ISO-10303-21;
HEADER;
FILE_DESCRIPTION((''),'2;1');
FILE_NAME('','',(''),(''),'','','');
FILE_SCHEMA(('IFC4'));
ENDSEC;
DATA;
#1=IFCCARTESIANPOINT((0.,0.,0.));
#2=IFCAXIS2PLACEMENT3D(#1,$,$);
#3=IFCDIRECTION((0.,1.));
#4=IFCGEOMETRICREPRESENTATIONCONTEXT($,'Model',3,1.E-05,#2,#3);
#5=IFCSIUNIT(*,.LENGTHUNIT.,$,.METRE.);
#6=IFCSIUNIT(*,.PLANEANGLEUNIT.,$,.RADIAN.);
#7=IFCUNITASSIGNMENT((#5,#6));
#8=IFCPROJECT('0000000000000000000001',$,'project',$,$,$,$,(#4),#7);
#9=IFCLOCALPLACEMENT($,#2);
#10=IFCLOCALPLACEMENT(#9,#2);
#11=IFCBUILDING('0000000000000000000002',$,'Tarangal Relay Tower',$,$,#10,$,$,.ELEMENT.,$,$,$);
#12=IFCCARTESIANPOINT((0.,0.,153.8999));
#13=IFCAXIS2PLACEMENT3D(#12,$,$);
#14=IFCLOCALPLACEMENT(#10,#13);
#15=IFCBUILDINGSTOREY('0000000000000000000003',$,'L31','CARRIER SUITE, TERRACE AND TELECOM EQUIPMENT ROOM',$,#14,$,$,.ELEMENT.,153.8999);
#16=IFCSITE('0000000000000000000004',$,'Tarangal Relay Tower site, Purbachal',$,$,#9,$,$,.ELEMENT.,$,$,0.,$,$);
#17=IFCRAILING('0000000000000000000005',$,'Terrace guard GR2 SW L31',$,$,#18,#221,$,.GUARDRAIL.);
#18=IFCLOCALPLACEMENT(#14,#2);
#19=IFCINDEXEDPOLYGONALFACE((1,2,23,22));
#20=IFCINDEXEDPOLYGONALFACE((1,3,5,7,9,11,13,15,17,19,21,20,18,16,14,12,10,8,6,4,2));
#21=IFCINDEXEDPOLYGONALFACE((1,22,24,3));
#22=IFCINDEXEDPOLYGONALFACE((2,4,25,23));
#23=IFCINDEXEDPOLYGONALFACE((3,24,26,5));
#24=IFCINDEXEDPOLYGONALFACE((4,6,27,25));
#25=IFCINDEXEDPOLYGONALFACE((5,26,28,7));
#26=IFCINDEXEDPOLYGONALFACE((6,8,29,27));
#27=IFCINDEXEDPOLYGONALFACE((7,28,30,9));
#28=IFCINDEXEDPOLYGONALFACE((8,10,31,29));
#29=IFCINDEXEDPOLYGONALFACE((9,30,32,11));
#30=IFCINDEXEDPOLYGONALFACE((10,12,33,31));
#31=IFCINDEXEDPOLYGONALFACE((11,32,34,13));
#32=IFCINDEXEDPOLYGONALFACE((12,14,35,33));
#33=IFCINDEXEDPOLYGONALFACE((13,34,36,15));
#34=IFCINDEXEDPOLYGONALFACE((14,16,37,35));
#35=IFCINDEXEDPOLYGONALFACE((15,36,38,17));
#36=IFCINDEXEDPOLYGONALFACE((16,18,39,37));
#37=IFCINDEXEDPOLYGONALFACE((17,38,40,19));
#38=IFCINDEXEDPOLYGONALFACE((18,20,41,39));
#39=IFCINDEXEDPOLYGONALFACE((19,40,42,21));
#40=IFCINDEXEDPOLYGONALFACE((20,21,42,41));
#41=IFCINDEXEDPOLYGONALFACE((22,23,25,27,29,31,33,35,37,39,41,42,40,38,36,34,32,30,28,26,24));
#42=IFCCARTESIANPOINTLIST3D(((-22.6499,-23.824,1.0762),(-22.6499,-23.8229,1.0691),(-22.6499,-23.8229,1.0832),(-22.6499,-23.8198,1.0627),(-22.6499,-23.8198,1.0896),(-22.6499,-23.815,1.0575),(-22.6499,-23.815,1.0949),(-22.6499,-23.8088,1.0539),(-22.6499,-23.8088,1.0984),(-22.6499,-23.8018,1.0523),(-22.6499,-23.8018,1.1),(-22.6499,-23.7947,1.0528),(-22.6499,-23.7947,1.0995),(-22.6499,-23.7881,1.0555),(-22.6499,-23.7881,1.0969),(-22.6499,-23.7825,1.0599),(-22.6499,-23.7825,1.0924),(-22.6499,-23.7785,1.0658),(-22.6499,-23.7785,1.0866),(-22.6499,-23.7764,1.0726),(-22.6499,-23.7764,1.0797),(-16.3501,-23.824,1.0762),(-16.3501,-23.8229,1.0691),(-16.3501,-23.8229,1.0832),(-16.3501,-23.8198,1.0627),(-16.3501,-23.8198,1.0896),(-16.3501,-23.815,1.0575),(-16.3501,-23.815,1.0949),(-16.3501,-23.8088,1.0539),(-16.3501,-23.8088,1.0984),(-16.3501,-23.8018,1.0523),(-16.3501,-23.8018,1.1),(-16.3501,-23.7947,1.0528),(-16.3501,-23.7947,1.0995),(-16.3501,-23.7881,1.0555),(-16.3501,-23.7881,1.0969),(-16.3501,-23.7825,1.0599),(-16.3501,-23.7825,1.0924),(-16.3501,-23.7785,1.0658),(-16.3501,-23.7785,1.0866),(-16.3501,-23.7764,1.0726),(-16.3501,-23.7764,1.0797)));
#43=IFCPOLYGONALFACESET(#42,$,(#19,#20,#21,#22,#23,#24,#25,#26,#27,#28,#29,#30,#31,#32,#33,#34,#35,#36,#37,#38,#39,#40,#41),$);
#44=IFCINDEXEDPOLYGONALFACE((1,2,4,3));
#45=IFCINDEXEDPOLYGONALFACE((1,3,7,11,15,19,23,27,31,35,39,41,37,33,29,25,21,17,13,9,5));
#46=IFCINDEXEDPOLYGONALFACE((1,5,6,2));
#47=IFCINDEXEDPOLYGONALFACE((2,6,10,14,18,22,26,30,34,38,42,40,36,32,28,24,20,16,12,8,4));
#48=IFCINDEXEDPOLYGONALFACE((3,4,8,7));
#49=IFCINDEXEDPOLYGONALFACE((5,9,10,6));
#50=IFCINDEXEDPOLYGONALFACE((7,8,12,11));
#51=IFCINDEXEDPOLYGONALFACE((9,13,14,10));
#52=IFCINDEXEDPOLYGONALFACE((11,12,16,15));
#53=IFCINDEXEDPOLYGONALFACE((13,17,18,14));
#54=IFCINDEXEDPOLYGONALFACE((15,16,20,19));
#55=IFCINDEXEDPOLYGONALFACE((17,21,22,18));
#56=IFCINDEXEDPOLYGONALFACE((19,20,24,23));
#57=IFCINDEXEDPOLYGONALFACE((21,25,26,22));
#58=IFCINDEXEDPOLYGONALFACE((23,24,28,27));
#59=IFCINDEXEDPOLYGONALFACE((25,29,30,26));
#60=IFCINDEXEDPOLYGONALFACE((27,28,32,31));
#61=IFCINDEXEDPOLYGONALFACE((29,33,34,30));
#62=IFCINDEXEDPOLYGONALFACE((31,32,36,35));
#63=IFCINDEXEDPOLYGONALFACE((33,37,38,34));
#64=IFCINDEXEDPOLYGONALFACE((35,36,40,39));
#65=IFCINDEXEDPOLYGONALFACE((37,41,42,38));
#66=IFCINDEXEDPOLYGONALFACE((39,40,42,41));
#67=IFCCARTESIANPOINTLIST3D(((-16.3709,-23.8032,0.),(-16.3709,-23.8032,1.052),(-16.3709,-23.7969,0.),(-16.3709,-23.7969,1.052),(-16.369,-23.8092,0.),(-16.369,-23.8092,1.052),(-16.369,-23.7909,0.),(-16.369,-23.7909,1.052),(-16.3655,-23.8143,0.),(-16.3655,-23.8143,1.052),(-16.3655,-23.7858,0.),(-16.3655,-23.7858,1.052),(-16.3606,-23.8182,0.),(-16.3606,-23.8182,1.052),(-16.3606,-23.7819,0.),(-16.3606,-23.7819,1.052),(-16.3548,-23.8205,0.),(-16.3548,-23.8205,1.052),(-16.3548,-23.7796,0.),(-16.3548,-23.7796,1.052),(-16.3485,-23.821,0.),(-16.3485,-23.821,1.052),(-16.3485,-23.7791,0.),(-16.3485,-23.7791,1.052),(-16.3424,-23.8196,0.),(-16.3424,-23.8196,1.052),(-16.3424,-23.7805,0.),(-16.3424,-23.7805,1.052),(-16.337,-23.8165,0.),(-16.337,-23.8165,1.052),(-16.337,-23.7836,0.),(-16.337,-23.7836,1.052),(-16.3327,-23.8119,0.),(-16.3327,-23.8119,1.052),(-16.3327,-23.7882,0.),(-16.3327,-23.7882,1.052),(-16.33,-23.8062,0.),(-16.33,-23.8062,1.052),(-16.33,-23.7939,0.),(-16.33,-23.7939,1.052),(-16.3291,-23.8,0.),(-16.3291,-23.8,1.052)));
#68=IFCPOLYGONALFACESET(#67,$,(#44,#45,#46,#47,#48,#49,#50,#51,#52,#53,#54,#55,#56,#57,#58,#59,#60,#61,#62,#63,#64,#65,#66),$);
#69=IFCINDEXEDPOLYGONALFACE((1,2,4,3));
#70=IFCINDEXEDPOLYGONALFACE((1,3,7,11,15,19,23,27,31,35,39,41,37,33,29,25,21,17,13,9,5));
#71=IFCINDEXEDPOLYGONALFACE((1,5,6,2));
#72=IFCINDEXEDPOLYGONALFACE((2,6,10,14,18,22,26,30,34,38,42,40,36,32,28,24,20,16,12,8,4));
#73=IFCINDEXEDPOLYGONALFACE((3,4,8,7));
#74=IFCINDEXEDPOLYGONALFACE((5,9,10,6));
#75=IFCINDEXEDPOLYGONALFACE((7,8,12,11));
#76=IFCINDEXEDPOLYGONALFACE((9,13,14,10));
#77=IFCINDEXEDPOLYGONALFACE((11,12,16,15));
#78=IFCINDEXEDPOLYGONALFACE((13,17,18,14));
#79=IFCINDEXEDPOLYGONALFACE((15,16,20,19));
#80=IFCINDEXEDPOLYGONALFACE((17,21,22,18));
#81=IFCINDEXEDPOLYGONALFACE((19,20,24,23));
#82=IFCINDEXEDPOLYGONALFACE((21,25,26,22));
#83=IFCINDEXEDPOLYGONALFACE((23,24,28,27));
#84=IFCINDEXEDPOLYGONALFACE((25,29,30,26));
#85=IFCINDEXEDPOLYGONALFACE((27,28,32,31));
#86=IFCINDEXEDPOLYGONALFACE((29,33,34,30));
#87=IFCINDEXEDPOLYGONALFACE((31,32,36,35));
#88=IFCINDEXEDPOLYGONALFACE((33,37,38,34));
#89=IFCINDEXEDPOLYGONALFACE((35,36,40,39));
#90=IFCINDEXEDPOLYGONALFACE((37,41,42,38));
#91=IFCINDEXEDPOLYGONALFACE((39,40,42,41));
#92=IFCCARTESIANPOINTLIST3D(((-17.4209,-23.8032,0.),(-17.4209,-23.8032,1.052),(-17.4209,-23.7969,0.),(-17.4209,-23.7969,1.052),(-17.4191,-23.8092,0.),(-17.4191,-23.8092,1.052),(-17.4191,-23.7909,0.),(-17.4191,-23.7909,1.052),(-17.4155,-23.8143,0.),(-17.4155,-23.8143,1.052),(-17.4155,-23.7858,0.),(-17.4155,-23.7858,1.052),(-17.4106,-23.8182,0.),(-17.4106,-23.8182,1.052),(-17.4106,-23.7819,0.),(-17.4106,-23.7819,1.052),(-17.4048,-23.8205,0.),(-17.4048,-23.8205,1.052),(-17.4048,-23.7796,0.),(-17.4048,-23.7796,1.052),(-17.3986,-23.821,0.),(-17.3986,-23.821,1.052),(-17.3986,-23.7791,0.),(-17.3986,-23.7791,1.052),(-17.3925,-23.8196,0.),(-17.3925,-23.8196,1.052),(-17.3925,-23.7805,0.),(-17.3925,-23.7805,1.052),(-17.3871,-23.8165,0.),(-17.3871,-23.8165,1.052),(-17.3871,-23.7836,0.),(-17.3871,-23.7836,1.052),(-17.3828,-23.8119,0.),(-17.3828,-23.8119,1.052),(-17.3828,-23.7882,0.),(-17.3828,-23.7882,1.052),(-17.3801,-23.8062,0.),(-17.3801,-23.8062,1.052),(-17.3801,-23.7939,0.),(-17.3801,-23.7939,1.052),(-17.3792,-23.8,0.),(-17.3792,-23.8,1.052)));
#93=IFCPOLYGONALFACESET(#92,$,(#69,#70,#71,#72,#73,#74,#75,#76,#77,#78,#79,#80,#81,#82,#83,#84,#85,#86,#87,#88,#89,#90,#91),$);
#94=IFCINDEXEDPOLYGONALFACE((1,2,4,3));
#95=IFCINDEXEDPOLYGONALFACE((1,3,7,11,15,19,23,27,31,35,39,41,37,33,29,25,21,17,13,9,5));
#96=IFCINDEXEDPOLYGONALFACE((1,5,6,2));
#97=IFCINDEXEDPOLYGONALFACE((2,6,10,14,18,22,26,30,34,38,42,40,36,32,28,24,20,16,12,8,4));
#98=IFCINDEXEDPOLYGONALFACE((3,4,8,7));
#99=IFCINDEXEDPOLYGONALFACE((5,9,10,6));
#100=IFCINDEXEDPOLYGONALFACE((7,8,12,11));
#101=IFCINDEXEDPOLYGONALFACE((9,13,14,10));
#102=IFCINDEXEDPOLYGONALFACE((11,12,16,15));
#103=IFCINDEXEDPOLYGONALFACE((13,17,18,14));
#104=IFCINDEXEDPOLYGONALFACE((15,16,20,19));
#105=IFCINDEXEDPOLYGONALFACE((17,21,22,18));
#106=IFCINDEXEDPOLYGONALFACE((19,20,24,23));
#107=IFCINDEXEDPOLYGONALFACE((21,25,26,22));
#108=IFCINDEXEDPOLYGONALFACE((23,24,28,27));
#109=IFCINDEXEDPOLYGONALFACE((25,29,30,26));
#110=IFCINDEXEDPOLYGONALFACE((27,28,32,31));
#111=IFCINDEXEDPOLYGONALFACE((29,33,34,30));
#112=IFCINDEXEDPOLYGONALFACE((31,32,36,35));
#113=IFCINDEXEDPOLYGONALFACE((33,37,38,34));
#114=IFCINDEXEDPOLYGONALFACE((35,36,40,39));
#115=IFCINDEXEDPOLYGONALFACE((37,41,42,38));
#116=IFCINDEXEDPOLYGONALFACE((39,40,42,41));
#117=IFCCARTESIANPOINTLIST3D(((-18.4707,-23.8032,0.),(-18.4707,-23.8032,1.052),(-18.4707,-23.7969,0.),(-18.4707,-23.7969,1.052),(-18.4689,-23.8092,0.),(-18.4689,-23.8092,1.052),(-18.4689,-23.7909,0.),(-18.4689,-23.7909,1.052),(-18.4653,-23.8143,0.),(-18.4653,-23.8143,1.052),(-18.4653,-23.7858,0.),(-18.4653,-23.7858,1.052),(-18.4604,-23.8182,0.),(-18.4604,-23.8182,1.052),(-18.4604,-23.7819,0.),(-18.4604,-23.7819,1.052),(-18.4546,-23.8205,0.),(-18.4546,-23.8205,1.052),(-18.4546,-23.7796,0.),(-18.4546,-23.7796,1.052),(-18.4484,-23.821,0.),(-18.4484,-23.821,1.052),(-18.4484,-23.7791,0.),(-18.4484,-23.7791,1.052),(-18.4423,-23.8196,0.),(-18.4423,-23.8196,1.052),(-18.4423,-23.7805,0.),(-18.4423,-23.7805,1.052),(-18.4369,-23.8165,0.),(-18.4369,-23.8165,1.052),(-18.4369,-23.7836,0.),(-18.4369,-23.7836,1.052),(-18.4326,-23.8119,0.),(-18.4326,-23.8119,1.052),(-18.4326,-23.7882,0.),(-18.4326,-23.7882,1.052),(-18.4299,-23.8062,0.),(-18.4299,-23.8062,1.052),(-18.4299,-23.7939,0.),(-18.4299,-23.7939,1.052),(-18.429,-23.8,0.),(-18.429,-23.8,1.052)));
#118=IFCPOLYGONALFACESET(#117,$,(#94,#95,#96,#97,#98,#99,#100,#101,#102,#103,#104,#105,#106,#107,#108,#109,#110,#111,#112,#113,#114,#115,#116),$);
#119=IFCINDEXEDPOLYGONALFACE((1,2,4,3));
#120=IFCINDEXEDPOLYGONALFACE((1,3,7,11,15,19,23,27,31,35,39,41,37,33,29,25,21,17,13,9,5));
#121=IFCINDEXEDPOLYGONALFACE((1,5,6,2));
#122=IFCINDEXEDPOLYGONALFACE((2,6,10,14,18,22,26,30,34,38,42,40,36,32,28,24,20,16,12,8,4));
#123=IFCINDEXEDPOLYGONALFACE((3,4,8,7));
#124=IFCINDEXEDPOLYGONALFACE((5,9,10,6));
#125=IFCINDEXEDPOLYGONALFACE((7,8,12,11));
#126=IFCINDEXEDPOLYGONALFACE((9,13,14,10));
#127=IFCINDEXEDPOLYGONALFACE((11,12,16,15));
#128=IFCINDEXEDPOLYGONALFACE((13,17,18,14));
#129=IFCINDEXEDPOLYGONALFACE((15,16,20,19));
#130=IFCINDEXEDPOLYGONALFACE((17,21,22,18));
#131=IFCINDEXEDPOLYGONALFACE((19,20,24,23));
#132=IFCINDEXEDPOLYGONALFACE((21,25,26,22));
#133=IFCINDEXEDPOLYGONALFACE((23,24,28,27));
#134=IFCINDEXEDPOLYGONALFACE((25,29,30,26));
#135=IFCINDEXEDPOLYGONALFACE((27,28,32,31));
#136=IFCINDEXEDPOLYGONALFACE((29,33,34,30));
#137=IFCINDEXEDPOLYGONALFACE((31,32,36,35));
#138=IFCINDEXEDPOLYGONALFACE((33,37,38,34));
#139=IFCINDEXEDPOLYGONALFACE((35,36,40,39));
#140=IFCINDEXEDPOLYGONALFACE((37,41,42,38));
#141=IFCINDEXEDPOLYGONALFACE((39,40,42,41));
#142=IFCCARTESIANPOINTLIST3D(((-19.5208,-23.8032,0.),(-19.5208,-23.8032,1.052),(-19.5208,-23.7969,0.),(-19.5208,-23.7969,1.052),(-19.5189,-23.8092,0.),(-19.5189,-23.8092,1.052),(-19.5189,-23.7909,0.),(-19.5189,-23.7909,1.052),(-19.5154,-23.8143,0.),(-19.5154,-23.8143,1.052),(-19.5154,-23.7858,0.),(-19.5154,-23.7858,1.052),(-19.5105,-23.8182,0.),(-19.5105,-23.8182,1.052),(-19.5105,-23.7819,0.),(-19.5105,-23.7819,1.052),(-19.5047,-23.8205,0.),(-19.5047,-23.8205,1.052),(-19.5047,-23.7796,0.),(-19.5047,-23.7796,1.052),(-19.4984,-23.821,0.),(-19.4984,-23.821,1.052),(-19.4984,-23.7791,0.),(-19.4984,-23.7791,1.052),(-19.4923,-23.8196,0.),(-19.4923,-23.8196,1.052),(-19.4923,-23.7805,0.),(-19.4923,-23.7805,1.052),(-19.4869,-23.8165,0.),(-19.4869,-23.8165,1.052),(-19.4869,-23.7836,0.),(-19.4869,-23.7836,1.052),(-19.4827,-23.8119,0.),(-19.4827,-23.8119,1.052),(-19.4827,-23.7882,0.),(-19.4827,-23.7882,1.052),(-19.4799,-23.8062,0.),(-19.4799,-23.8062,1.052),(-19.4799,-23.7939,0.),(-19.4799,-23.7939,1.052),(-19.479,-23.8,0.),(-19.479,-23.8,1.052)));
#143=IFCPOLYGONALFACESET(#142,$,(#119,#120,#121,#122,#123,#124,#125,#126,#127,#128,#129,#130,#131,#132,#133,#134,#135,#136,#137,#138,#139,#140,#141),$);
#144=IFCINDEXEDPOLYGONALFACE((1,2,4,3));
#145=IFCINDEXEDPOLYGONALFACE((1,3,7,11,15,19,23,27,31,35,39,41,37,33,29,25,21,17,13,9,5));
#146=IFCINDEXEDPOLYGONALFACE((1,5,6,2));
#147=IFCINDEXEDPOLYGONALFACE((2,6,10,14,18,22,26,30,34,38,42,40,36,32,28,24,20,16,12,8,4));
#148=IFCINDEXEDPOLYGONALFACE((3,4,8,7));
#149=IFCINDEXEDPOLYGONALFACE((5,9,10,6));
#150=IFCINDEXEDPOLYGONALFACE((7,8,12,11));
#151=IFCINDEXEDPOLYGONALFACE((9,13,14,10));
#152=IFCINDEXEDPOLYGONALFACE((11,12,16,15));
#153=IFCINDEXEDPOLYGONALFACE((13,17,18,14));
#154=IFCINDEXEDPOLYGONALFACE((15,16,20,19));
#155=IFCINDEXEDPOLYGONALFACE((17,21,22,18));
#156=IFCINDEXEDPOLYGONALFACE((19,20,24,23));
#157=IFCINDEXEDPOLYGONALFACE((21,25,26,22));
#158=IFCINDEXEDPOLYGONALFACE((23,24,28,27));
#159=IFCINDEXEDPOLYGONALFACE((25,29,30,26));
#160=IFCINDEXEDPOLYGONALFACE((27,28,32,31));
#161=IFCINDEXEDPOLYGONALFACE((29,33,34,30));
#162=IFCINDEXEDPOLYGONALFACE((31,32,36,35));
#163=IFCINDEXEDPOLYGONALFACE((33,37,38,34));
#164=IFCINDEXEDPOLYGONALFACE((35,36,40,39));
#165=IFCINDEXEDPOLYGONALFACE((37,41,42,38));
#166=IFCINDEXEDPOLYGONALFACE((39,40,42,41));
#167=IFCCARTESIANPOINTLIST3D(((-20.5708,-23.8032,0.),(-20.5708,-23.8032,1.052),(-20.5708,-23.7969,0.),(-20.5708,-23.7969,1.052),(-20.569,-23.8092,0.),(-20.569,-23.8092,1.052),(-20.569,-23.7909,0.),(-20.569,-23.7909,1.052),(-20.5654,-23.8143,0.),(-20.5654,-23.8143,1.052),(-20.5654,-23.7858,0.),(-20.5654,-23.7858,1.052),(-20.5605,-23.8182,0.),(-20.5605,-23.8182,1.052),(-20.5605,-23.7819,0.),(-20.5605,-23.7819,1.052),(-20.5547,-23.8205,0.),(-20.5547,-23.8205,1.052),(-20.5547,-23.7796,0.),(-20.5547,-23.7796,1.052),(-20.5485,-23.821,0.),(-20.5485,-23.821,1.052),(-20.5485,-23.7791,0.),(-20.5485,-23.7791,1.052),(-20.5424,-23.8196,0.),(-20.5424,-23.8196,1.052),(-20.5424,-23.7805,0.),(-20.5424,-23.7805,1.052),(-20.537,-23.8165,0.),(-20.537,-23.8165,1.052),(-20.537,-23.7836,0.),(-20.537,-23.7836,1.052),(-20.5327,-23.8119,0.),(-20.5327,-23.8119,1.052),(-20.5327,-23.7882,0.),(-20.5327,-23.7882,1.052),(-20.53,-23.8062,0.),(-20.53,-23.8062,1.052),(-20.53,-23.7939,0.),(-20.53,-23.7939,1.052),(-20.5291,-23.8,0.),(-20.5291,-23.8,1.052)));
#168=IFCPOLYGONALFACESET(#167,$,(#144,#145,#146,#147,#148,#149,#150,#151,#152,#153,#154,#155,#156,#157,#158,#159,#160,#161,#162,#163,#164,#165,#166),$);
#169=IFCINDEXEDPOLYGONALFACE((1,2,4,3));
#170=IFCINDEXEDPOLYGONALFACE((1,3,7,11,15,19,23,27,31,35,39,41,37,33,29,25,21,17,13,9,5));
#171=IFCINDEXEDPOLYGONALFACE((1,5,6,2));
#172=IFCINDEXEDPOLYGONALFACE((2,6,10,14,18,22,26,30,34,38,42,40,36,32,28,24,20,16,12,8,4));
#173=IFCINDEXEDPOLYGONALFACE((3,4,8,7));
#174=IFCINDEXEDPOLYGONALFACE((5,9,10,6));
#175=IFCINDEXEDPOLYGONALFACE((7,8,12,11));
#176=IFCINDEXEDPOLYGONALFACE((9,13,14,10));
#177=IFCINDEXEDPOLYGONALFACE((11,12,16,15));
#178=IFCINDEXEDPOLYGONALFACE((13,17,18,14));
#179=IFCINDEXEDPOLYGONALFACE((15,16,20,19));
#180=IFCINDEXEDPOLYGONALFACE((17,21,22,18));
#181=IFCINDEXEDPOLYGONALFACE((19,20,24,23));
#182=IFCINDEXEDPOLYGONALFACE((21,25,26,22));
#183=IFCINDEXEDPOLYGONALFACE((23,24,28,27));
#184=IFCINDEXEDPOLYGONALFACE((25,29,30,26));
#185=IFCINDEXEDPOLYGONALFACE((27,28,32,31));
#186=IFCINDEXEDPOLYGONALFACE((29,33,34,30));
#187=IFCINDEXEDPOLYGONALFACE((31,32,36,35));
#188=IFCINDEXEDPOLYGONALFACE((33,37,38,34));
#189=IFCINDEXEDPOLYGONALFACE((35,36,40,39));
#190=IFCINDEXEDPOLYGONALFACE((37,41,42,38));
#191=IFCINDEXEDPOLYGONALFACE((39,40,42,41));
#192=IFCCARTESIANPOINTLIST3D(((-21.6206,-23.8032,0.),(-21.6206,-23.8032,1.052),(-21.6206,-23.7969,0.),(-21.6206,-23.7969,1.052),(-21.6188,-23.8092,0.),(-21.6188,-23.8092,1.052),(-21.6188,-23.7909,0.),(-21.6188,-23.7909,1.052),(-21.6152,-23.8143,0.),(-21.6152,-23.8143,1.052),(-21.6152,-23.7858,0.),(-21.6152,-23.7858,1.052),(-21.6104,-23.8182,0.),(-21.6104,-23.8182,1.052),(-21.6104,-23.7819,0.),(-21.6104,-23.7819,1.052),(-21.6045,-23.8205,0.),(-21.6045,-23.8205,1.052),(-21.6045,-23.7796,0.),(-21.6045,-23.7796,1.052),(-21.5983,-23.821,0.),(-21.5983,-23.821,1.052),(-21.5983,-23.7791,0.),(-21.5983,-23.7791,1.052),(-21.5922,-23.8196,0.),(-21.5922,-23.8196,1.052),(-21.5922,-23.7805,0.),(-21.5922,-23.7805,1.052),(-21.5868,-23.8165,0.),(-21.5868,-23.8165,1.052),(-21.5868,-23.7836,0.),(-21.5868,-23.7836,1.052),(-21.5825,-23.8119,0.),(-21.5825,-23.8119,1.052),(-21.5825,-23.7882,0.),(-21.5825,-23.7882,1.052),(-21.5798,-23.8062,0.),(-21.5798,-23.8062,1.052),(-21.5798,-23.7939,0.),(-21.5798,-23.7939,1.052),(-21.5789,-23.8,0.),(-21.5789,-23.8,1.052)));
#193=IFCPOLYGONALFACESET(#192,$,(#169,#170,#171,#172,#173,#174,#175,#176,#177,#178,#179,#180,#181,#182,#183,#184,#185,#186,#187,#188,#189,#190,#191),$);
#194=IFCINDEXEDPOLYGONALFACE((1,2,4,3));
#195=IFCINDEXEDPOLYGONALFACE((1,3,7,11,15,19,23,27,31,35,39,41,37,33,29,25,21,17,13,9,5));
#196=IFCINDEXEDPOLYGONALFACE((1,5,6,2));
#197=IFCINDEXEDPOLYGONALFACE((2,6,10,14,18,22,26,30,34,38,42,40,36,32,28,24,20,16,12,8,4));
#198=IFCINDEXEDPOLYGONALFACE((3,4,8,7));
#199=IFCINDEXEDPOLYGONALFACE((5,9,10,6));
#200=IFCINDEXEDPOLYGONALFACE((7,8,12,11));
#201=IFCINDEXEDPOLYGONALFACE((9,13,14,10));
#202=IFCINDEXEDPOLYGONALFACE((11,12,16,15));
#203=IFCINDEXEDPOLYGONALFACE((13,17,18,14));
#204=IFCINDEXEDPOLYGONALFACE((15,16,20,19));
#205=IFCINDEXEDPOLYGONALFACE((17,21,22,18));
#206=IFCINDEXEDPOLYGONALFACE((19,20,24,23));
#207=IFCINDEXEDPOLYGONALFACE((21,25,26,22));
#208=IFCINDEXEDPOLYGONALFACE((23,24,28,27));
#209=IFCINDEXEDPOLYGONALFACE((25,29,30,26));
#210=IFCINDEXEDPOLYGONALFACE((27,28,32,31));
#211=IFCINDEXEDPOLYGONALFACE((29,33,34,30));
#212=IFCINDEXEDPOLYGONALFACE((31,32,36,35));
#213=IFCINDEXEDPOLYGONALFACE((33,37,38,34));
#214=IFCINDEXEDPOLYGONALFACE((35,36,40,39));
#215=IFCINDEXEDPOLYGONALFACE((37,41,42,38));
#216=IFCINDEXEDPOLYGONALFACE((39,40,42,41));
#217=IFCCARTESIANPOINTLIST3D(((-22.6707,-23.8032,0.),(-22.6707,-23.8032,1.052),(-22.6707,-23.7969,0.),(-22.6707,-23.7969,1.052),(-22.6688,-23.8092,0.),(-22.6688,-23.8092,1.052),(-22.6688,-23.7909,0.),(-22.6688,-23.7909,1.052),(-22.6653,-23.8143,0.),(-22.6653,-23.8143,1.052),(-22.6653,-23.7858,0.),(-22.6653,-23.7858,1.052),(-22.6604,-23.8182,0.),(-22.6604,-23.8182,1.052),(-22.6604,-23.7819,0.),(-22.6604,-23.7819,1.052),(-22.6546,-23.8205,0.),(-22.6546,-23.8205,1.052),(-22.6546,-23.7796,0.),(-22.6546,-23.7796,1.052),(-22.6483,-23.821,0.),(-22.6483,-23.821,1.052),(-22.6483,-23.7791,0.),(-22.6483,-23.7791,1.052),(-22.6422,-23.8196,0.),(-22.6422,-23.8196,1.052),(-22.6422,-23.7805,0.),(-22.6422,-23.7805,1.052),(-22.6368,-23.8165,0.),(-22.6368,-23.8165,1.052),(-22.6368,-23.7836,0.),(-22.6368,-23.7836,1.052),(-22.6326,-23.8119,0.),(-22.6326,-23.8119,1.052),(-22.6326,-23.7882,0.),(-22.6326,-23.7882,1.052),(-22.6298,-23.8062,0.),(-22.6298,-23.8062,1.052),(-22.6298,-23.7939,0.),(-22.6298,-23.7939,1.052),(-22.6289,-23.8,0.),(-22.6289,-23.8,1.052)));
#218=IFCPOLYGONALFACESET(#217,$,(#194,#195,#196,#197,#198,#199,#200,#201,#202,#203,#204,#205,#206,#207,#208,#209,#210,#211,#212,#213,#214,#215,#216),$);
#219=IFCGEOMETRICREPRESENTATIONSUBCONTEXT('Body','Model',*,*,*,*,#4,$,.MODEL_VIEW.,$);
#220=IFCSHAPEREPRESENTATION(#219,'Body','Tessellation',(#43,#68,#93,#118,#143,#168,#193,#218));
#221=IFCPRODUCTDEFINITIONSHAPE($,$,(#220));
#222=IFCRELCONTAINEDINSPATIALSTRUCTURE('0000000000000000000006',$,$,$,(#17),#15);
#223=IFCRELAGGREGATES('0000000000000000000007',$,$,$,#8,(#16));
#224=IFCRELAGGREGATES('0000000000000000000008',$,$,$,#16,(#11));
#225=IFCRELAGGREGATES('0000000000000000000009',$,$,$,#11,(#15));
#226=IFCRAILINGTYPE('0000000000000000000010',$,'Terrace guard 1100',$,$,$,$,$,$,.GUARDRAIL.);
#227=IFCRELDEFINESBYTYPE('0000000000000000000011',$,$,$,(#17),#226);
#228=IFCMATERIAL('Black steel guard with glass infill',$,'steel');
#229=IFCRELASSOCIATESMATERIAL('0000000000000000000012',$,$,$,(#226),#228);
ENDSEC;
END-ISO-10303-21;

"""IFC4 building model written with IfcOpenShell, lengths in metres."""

from ifc_helpers import new_model, si_unit, direction, frame, origin, origin_2d, place, context, subcontext, project, spatial, circle, extrude, material, type_object, element, save


model = new_model("IFC4")

# Units and contexts
model_context = context("Model", 3, precision=1e-05, world=origin(), true_north=direction((0.0, 1.0)))
body_context = subcontext(model_context, "Body", "Model", "MODEL_VIEW")
ifc_project = project(units=[si_unit("LENGTHUNIT", "METRE"), si_unit("PLANEANGLEUNIT", "RADIAN")], contexts=[model_context])

# Site, building, storey
site_placement = place(None, origin())
site = spatial("IfcSite", under=ifc_project, at=site_placement, Name="Tarangal Relay Tower site, Purbachal", CompositionType="ELEMENT", RefElevation=0.0)
building_placement = place(site_placement, origin())
building = spatial("IfcBuilding", under=site, at=building_placement, Name="Tarangal Relay Tower", CompositionType="ELEMENT")
storey_placement = place(building_placement, frame((0.0, 0.0, 153.8999)))
storey = spatial("IfcBuildingStorey", under=building, at=storey_placement, Name="L31", Description="CARRIER SUITE, TERRACE AND TELECOM EQUIPMENT ROOM", CompositionType="ELEMENT", Elevation=153.8999)

# Railing
ifc_material_1 = material(Name="Black steel guard with glass infill", Category="steel")
railing_type = type_object("IfcRailingType", Name="Terrace guard 1100", PredefinedType="GUARDRAIL", material=ifc_material_1)
railing_1_placement = place(storey_placement, frame((-16.3501, -23.8, 0.0)))
element("IfcRailing", 1, at=railing_1_placement, inside=storey, type_object=railing_type, Name="Terrace guard GR2 SW L31", PredefinedType="GUARDRAIL", context=body_context, shape_type="SweptSolid", body=[
    extrude(circle(Radius=0.0239, at=origin_2d()), frame((0.0, 0.0, 1.0762), z_axis=(-1.0, 0.0, 0.0), x_axis=(0.0, -1.0, 0.0)), (0.0, 0.0, 1.0), 6.2998),
    extrude(circle(Radius=0.021, at=origin_2d()), origin(), (0.0, 0.0, 1.0), 1.052),
    extrude(circle(Radius=0.021, at=origin_2d()), frame((-1.05, 0.0, 0.0)), (0.0, 0.0, 1.0), 1.052),
    extrude(circle(Radius=0.021, at=origin_2d()), frame((-2.0999, 0.0, 0.0)), (0.0, 0.0, 1.0), 1.052),
    extrude(circle(Radius=0.021, at=origin_2d()), frame((-3.1499, 0.0, 0.0)), (0.0, 0.0, 1.0), 1.052),
    extrude(circle(Radius=0.021, at=origin_2d()), frame((-4.2, 0.0, 0.0)), (0.0, 0.0, 1.0), 1.052),
    extrude(circle(Radius=0.021, at=origin_2d()), frame((-5.2498, 0.0, 0.0)), (0.0, 0.0, 1.0), 1.052),
    extrude(circle(Radius=0.021, at=origin_2d()), frame((-6.2998, 0.0, 0.0)), (0.0, 0.0, 1.0), 1.052),
])

save(model, "model.ifc")
